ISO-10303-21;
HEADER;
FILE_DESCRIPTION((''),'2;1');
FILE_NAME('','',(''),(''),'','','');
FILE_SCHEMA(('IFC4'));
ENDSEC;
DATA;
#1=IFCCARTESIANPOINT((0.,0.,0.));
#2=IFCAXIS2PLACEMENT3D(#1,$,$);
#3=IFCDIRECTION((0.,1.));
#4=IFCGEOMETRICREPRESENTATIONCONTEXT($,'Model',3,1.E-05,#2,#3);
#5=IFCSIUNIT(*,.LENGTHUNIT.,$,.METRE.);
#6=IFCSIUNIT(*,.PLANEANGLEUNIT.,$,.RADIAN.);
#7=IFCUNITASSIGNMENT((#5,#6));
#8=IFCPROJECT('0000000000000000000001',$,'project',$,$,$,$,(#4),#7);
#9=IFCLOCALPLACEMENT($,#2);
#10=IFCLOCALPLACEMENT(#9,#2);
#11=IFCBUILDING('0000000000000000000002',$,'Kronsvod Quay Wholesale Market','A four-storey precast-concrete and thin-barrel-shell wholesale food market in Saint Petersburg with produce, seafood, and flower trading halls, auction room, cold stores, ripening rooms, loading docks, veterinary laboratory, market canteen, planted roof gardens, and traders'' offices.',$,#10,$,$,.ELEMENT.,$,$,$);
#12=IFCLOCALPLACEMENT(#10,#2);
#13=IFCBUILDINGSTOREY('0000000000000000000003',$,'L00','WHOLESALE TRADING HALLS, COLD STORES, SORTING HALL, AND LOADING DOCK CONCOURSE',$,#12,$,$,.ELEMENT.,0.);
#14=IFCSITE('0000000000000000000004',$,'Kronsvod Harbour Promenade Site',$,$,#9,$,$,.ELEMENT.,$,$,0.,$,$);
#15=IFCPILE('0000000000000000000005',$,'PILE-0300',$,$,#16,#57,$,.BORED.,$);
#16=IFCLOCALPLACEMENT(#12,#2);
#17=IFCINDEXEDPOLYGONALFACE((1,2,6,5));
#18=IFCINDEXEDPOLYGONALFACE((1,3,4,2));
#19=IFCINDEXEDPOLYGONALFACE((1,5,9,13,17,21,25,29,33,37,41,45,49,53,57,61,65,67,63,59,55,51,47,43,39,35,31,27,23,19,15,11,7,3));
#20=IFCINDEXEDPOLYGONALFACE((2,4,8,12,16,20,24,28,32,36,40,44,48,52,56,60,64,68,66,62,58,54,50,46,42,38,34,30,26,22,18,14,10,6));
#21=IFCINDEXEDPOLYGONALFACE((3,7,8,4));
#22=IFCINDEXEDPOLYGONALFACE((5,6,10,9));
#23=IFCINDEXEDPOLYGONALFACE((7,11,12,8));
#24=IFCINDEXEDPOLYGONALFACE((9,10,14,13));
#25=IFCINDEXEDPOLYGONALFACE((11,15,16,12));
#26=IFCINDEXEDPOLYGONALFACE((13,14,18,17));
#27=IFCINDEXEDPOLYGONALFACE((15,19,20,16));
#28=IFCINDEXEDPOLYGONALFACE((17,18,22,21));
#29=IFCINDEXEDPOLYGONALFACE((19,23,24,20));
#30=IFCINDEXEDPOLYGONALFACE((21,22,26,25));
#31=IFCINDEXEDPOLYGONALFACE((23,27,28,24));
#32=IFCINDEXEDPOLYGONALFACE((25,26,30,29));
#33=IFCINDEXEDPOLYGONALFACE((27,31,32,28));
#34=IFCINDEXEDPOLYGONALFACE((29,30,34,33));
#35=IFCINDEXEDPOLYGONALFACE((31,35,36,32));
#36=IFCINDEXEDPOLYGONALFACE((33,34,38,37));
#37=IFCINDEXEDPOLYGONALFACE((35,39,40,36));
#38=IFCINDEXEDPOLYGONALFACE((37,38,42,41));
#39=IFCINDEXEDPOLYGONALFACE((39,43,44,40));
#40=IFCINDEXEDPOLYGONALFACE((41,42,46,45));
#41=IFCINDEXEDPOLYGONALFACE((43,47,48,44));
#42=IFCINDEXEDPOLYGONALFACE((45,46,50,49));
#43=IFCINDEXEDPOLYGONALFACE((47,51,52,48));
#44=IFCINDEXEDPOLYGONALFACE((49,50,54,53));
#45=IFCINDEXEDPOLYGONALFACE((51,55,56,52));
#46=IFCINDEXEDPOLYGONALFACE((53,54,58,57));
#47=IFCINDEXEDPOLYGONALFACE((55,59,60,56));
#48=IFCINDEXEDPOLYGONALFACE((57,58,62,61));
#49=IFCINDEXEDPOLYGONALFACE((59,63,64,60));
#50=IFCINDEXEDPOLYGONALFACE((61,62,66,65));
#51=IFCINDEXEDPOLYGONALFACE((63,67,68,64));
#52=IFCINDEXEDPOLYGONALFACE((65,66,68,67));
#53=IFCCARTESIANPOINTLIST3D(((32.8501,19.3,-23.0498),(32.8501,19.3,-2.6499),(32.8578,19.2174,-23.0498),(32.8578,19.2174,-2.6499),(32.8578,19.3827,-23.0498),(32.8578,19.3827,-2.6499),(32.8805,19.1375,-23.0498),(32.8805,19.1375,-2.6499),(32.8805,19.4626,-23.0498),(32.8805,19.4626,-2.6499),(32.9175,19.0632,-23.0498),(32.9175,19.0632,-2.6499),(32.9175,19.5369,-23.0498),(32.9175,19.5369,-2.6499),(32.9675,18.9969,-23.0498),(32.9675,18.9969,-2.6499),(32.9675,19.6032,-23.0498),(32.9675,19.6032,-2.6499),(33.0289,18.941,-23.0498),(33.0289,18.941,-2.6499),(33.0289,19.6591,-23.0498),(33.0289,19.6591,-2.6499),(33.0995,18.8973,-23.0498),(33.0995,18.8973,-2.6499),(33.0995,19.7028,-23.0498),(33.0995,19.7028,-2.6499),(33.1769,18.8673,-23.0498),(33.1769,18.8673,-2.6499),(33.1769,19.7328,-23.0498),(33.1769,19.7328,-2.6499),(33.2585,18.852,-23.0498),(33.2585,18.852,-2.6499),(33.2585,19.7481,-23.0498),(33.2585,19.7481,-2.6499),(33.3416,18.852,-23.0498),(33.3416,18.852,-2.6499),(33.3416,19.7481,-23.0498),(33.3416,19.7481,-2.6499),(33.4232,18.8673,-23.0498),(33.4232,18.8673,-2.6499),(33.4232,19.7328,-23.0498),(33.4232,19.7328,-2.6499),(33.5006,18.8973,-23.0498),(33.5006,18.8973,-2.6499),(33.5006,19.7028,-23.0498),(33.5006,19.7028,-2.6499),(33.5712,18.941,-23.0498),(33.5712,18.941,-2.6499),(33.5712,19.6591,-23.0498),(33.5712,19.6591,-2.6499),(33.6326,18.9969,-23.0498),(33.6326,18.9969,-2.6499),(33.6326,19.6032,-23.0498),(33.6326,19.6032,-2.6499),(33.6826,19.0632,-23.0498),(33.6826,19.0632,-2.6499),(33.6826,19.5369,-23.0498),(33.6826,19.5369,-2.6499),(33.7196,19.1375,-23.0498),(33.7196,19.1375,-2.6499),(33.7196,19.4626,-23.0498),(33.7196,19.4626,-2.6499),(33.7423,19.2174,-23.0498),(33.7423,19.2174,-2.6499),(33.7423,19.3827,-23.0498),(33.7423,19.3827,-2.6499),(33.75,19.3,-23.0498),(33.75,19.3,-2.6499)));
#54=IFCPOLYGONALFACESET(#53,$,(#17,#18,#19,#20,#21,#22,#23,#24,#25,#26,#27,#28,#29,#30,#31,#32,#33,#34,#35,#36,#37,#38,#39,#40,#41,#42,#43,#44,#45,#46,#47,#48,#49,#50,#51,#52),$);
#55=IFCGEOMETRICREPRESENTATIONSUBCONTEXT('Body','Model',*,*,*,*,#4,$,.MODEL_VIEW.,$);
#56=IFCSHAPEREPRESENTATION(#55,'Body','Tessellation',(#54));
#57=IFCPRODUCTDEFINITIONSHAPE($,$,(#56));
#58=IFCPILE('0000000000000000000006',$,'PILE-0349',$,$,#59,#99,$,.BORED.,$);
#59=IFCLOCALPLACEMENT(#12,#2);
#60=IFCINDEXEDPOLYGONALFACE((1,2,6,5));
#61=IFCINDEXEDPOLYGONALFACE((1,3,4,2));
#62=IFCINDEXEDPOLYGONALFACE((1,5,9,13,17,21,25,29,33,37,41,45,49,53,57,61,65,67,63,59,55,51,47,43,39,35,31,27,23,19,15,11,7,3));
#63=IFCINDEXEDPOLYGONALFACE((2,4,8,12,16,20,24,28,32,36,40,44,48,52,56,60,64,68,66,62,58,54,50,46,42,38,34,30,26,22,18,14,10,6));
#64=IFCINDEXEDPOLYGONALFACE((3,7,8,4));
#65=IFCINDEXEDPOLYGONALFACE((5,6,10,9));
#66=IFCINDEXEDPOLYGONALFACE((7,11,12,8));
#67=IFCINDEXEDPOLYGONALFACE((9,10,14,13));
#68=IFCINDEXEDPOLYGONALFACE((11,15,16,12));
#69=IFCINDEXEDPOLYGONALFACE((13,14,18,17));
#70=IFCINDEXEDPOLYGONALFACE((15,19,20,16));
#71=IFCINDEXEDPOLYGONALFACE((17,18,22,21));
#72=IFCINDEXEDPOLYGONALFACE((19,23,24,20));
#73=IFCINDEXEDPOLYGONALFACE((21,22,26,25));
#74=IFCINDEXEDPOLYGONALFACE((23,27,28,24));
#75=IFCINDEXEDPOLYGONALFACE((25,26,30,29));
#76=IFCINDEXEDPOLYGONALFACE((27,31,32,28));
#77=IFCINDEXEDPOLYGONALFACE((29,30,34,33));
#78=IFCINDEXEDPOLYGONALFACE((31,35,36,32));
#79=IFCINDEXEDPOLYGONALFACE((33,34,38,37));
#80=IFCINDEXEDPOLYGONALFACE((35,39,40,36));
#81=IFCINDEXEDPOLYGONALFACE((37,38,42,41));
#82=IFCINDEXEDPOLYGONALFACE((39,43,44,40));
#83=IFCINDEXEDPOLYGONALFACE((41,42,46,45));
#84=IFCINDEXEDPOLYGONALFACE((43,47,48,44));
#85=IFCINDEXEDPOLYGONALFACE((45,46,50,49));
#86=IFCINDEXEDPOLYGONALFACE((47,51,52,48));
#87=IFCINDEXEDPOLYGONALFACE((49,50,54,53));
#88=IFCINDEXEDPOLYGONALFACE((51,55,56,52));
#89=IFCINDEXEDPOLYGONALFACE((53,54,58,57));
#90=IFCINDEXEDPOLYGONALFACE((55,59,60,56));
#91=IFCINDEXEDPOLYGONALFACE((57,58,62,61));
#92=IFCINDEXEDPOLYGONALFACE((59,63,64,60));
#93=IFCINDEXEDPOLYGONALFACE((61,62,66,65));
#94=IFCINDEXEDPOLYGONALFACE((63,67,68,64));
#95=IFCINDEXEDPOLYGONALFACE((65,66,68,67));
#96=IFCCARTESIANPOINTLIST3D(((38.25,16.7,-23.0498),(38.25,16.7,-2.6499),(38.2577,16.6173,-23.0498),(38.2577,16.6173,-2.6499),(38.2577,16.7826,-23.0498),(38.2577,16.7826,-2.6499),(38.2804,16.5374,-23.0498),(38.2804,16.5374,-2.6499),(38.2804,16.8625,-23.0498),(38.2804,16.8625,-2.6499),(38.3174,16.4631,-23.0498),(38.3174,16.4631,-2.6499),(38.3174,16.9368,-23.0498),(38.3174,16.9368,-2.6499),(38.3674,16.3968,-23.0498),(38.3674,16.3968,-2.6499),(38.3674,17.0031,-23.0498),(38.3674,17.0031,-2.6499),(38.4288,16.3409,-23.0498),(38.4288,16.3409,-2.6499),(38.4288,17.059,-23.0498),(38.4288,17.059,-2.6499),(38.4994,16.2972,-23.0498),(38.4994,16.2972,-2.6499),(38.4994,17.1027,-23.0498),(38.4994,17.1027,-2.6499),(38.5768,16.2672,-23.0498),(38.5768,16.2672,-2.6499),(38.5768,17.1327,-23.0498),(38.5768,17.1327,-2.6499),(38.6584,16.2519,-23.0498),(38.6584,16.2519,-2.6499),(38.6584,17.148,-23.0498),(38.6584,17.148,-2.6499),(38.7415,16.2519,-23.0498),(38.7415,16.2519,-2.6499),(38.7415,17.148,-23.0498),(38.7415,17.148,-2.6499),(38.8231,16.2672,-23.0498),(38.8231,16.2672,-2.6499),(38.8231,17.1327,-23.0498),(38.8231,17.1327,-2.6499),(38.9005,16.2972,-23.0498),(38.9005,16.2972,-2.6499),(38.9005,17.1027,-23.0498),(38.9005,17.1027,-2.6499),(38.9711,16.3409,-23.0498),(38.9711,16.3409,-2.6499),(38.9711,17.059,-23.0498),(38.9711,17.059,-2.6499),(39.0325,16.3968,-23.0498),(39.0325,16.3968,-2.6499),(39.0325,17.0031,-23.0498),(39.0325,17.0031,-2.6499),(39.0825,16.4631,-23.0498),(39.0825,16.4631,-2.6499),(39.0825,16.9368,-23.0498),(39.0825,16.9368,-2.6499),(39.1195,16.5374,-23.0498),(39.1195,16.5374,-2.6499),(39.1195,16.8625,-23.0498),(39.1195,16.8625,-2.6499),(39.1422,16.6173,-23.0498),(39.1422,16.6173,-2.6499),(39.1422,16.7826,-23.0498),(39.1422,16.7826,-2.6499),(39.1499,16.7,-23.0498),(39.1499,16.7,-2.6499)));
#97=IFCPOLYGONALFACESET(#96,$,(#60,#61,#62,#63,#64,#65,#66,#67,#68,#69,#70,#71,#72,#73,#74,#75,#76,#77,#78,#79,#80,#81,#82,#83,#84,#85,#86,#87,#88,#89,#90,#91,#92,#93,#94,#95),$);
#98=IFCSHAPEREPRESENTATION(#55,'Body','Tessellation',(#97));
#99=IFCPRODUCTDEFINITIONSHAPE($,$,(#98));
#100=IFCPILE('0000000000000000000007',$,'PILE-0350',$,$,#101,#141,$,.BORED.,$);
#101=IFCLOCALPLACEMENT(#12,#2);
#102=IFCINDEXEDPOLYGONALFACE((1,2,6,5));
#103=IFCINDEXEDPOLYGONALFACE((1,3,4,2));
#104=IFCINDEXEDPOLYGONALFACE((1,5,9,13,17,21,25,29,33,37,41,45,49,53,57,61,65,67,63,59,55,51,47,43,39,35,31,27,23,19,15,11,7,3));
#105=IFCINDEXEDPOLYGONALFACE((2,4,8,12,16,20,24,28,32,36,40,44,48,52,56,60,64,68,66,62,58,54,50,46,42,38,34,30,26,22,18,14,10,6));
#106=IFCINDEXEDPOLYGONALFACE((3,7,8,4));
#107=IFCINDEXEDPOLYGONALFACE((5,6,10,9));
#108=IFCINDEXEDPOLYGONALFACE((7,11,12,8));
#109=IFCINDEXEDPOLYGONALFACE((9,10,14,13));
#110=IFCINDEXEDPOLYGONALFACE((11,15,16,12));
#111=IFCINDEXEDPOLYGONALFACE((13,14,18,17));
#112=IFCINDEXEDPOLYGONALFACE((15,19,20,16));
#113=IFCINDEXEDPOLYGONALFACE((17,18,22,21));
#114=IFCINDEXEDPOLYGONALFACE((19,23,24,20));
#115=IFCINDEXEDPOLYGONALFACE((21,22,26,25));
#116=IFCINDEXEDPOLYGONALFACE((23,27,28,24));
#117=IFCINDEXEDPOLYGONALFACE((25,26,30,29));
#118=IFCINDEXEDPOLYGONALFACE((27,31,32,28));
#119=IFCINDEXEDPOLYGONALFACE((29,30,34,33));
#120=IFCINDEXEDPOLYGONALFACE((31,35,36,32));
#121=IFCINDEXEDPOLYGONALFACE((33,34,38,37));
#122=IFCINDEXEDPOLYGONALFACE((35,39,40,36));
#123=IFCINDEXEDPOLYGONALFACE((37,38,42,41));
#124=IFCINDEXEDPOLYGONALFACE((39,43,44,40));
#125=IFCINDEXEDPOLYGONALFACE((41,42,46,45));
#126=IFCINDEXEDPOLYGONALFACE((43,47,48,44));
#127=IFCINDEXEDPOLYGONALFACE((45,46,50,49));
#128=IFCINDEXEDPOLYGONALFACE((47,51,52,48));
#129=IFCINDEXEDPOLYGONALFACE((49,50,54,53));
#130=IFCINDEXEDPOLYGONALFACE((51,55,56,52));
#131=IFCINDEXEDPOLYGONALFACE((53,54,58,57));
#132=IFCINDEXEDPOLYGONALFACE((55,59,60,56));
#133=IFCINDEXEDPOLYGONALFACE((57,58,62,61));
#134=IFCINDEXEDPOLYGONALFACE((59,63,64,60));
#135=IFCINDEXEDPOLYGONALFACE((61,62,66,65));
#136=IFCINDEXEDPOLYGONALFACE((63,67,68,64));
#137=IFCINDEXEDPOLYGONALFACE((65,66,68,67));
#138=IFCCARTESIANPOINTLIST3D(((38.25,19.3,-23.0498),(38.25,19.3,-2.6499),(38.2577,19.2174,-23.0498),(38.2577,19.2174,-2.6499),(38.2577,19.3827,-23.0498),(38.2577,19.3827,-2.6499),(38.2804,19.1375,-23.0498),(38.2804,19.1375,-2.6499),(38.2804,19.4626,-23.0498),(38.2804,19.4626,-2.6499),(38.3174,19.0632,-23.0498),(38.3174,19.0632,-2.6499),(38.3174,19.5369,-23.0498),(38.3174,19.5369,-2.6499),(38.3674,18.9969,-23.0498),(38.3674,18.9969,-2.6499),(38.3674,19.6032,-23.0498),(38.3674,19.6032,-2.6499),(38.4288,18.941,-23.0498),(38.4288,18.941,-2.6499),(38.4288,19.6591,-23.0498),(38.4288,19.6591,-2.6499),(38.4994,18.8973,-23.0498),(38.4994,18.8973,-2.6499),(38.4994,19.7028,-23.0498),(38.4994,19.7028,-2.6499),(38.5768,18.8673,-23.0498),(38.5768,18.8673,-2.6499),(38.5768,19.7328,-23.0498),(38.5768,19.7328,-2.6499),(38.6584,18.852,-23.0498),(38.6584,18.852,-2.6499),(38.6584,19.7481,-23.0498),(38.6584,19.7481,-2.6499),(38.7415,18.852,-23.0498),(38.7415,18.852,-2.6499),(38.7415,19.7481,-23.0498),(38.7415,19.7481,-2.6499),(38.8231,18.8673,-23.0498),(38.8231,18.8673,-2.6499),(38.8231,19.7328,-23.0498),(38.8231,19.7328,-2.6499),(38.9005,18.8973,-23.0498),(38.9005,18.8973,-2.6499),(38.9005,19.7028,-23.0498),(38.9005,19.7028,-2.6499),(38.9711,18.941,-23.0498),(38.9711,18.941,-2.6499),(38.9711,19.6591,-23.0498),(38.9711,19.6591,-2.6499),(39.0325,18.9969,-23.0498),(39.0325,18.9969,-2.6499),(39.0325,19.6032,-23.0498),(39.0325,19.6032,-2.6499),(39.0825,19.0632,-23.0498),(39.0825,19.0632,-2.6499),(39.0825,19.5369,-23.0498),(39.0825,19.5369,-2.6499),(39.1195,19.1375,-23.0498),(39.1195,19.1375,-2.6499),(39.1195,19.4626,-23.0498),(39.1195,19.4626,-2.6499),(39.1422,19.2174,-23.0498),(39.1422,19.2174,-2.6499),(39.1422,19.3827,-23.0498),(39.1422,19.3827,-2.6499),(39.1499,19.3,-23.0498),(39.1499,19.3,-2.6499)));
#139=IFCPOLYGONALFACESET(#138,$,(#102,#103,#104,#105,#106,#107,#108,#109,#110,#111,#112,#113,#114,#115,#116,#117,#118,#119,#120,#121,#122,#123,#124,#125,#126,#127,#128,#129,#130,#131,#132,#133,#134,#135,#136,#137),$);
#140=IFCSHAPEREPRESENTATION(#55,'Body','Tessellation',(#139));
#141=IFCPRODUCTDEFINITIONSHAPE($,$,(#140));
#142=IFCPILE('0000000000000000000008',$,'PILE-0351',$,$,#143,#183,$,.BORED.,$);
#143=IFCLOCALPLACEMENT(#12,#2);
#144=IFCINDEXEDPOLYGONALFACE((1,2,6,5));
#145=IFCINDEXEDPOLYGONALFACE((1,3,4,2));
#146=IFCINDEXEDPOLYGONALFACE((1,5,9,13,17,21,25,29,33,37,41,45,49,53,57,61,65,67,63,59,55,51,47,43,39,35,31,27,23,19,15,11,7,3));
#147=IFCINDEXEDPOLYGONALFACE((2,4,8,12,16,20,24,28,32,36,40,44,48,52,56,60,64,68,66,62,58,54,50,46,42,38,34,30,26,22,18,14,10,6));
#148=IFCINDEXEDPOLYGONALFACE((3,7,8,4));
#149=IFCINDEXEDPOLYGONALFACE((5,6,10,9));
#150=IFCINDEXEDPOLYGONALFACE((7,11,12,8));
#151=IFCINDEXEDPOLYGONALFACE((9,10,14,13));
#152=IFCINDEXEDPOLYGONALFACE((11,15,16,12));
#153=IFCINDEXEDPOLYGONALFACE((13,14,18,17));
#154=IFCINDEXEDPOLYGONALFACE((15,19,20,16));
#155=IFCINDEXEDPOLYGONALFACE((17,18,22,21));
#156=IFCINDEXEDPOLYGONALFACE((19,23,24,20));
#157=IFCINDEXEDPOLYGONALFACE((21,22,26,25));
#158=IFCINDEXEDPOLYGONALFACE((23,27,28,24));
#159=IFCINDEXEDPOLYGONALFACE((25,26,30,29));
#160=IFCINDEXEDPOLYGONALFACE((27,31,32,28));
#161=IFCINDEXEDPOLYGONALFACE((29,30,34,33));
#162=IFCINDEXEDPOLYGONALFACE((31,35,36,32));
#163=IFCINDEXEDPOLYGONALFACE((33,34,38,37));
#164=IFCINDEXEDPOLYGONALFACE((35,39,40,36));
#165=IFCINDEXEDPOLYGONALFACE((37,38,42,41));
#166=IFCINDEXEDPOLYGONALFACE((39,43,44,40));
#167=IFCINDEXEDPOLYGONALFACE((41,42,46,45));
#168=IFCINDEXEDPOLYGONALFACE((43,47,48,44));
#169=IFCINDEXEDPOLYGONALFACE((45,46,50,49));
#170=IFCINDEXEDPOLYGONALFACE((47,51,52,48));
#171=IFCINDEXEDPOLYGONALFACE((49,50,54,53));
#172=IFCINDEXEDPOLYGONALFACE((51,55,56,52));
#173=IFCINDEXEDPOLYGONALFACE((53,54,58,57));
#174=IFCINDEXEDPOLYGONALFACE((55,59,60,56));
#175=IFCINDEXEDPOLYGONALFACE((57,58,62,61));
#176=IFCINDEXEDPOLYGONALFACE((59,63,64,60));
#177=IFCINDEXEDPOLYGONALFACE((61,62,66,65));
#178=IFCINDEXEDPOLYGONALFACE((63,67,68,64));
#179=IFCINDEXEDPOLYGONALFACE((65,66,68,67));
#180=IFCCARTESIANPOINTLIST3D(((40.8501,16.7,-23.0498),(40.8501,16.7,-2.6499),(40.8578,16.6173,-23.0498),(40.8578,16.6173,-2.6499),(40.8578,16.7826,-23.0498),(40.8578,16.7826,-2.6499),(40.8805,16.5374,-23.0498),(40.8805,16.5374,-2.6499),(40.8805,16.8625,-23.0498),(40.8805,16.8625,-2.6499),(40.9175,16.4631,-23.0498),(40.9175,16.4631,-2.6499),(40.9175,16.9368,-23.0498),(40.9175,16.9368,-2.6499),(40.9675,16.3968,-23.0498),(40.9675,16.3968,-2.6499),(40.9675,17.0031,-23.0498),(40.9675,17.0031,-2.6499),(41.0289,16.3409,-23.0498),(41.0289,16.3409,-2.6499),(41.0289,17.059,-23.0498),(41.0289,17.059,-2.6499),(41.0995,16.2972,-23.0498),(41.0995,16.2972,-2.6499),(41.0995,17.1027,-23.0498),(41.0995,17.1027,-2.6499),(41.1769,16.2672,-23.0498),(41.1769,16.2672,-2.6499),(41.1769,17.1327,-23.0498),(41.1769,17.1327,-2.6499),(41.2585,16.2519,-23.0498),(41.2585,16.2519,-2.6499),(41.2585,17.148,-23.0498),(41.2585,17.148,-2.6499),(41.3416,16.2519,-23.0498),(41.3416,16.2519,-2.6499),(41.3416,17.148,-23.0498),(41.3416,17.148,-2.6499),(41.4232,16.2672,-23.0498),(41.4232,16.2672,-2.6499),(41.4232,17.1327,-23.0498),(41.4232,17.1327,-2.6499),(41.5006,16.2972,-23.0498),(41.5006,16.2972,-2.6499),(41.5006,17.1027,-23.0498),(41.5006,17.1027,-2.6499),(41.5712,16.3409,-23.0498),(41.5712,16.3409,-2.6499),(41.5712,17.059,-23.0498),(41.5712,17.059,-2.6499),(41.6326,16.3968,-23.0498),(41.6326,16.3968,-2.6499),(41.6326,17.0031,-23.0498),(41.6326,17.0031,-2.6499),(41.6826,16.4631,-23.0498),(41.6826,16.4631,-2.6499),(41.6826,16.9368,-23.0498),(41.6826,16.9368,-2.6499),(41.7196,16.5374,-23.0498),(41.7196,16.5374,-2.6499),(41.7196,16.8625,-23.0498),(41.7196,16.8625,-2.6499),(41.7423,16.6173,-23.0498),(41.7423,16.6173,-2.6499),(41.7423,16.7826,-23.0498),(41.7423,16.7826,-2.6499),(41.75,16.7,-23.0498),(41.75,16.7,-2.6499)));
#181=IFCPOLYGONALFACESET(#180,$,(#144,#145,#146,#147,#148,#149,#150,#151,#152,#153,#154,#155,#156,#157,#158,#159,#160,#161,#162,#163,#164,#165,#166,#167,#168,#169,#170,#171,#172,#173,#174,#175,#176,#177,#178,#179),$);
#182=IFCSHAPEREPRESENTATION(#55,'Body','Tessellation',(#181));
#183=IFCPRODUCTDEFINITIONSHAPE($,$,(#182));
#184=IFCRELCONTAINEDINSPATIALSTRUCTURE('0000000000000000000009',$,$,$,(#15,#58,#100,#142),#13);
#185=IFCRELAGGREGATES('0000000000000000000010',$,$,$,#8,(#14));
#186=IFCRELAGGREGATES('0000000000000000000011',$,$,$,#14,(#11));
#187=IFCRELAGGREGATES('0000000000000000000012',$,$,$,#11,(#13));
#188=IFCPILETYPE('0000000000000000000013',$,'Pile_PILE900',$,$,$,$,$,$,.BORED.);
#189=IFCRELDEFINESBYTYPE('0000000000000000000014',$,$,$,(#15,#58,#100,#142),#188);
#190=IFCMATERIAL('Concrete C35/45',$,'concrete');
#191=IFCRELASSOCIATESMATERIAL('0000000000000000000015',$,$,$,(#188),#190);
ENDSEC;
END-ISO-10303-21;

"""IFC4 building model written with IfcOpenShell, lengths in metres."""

from ifc_helpers import new_model, si_unit, direction, frame, origin, origin_2d, place, context, subcontext, project, spatial, circle, extrude, material, material_profile, profile_set, type_object, element, save


model = new_model("IFC4")

# Units and contexts
model_context = context("Model", 3, precision=1e-05, world=origin(), true_north=direction((0.0, 1.0)))
body_context = subcontext(model_context, "Body", "Model", "MODEL_VIEW")
ifc_project = project(units=[si_unit("LENGTHUNIT", "METRE"), si_unit("PLANEANGLEUNIT", "RADIAN")], contexts=[model_context])

# Site, building, storey
site_placement = place(None, origin())
site = spatial("IfcSite", under=ifc_project, at=site_placement, Name="Kronsvod Harbour Promenade Site", CompositionType="ELEMENT", RefElevation=0.0)
building_placement = place(site_placement, origin())
building = spatial("IfcBuilding", under=site, at=building_placement, Name="Kronsvod Quay Wholesale Market", Description="A four-storey precast-concrete and thin-barrel-shell wholesale food market in Saint Petersburg with produce, seafood, and flower trading halls, auction room, cold stores, ripening rooms, loading docks, veterinary laboratory, market canteen, planted roof gardens, and traders' offices.", CompositionType="ELEMENT")
storey_placement = place(building_placement, origin())
storey = spatial("IfcBuildingStorey", under=building, at=storey_placement, Name="L00", Description="WHOLESALE TRADING HALLS, COLD STORES, SORTING HALL, AND LOADING DOCK CONCOURSE", CompositionType="ELEMENT", Elevation=0.0)

# Piles
ifc_material_1 = material(Name="Concrete C35/45", Category="concrete")
ifc_material_profile_1 = material_profile(ifc_material_1, circle(Radius=0.45, at=origin_2d()), Name="PILE900")
ifc_profile_set_1 = profile_set([ifc_material_profile_1], Name="Concrete C35/45")
pile_type_1 = type_object("IfcPileType", Name="Pile_PILE900", PredefinedType="BORED", material=ifc_profile_set_1)
for number, where, z_axis, x_axis, name in (
    (1, (33.3, 19.3, -2.6499), (0.0, 0.0, -1.0), (1.0, 0.0, 0.0), "PILE-0300"),
    (2, (38.7, 16.7, -2.6499), (0.0, 0.0, -1.0), (1.0, 0.0, 0.0), "PILE-0349"),
    (3, (38.7, 19.3, -2.6499), (0.0, 0.0, -1.0), (1.0, 0.0, 0.0), "PILE-0350"),
    (4, (41.3, 16.7, -2.6499), (0.0, 0.0, -1.0), (1.0, 0.0, 0.0), "PILE-0351"),
):
    element("IfcPile", number, at=place(storey_placement, frame(where, z_axis=z_axis, x_axis=x_axis)), inside=storey, type_object=pile_type_1, Name=name, PredefinedType="BORED", context=body_context, shape_type="SweptSolid", body=[
        extrude(circle(Radius=0.45, at=origin_2d()), origin(), (0.0, 0.0, 1.0), 20.3999),
    ])

save(model, "model.ifc")
